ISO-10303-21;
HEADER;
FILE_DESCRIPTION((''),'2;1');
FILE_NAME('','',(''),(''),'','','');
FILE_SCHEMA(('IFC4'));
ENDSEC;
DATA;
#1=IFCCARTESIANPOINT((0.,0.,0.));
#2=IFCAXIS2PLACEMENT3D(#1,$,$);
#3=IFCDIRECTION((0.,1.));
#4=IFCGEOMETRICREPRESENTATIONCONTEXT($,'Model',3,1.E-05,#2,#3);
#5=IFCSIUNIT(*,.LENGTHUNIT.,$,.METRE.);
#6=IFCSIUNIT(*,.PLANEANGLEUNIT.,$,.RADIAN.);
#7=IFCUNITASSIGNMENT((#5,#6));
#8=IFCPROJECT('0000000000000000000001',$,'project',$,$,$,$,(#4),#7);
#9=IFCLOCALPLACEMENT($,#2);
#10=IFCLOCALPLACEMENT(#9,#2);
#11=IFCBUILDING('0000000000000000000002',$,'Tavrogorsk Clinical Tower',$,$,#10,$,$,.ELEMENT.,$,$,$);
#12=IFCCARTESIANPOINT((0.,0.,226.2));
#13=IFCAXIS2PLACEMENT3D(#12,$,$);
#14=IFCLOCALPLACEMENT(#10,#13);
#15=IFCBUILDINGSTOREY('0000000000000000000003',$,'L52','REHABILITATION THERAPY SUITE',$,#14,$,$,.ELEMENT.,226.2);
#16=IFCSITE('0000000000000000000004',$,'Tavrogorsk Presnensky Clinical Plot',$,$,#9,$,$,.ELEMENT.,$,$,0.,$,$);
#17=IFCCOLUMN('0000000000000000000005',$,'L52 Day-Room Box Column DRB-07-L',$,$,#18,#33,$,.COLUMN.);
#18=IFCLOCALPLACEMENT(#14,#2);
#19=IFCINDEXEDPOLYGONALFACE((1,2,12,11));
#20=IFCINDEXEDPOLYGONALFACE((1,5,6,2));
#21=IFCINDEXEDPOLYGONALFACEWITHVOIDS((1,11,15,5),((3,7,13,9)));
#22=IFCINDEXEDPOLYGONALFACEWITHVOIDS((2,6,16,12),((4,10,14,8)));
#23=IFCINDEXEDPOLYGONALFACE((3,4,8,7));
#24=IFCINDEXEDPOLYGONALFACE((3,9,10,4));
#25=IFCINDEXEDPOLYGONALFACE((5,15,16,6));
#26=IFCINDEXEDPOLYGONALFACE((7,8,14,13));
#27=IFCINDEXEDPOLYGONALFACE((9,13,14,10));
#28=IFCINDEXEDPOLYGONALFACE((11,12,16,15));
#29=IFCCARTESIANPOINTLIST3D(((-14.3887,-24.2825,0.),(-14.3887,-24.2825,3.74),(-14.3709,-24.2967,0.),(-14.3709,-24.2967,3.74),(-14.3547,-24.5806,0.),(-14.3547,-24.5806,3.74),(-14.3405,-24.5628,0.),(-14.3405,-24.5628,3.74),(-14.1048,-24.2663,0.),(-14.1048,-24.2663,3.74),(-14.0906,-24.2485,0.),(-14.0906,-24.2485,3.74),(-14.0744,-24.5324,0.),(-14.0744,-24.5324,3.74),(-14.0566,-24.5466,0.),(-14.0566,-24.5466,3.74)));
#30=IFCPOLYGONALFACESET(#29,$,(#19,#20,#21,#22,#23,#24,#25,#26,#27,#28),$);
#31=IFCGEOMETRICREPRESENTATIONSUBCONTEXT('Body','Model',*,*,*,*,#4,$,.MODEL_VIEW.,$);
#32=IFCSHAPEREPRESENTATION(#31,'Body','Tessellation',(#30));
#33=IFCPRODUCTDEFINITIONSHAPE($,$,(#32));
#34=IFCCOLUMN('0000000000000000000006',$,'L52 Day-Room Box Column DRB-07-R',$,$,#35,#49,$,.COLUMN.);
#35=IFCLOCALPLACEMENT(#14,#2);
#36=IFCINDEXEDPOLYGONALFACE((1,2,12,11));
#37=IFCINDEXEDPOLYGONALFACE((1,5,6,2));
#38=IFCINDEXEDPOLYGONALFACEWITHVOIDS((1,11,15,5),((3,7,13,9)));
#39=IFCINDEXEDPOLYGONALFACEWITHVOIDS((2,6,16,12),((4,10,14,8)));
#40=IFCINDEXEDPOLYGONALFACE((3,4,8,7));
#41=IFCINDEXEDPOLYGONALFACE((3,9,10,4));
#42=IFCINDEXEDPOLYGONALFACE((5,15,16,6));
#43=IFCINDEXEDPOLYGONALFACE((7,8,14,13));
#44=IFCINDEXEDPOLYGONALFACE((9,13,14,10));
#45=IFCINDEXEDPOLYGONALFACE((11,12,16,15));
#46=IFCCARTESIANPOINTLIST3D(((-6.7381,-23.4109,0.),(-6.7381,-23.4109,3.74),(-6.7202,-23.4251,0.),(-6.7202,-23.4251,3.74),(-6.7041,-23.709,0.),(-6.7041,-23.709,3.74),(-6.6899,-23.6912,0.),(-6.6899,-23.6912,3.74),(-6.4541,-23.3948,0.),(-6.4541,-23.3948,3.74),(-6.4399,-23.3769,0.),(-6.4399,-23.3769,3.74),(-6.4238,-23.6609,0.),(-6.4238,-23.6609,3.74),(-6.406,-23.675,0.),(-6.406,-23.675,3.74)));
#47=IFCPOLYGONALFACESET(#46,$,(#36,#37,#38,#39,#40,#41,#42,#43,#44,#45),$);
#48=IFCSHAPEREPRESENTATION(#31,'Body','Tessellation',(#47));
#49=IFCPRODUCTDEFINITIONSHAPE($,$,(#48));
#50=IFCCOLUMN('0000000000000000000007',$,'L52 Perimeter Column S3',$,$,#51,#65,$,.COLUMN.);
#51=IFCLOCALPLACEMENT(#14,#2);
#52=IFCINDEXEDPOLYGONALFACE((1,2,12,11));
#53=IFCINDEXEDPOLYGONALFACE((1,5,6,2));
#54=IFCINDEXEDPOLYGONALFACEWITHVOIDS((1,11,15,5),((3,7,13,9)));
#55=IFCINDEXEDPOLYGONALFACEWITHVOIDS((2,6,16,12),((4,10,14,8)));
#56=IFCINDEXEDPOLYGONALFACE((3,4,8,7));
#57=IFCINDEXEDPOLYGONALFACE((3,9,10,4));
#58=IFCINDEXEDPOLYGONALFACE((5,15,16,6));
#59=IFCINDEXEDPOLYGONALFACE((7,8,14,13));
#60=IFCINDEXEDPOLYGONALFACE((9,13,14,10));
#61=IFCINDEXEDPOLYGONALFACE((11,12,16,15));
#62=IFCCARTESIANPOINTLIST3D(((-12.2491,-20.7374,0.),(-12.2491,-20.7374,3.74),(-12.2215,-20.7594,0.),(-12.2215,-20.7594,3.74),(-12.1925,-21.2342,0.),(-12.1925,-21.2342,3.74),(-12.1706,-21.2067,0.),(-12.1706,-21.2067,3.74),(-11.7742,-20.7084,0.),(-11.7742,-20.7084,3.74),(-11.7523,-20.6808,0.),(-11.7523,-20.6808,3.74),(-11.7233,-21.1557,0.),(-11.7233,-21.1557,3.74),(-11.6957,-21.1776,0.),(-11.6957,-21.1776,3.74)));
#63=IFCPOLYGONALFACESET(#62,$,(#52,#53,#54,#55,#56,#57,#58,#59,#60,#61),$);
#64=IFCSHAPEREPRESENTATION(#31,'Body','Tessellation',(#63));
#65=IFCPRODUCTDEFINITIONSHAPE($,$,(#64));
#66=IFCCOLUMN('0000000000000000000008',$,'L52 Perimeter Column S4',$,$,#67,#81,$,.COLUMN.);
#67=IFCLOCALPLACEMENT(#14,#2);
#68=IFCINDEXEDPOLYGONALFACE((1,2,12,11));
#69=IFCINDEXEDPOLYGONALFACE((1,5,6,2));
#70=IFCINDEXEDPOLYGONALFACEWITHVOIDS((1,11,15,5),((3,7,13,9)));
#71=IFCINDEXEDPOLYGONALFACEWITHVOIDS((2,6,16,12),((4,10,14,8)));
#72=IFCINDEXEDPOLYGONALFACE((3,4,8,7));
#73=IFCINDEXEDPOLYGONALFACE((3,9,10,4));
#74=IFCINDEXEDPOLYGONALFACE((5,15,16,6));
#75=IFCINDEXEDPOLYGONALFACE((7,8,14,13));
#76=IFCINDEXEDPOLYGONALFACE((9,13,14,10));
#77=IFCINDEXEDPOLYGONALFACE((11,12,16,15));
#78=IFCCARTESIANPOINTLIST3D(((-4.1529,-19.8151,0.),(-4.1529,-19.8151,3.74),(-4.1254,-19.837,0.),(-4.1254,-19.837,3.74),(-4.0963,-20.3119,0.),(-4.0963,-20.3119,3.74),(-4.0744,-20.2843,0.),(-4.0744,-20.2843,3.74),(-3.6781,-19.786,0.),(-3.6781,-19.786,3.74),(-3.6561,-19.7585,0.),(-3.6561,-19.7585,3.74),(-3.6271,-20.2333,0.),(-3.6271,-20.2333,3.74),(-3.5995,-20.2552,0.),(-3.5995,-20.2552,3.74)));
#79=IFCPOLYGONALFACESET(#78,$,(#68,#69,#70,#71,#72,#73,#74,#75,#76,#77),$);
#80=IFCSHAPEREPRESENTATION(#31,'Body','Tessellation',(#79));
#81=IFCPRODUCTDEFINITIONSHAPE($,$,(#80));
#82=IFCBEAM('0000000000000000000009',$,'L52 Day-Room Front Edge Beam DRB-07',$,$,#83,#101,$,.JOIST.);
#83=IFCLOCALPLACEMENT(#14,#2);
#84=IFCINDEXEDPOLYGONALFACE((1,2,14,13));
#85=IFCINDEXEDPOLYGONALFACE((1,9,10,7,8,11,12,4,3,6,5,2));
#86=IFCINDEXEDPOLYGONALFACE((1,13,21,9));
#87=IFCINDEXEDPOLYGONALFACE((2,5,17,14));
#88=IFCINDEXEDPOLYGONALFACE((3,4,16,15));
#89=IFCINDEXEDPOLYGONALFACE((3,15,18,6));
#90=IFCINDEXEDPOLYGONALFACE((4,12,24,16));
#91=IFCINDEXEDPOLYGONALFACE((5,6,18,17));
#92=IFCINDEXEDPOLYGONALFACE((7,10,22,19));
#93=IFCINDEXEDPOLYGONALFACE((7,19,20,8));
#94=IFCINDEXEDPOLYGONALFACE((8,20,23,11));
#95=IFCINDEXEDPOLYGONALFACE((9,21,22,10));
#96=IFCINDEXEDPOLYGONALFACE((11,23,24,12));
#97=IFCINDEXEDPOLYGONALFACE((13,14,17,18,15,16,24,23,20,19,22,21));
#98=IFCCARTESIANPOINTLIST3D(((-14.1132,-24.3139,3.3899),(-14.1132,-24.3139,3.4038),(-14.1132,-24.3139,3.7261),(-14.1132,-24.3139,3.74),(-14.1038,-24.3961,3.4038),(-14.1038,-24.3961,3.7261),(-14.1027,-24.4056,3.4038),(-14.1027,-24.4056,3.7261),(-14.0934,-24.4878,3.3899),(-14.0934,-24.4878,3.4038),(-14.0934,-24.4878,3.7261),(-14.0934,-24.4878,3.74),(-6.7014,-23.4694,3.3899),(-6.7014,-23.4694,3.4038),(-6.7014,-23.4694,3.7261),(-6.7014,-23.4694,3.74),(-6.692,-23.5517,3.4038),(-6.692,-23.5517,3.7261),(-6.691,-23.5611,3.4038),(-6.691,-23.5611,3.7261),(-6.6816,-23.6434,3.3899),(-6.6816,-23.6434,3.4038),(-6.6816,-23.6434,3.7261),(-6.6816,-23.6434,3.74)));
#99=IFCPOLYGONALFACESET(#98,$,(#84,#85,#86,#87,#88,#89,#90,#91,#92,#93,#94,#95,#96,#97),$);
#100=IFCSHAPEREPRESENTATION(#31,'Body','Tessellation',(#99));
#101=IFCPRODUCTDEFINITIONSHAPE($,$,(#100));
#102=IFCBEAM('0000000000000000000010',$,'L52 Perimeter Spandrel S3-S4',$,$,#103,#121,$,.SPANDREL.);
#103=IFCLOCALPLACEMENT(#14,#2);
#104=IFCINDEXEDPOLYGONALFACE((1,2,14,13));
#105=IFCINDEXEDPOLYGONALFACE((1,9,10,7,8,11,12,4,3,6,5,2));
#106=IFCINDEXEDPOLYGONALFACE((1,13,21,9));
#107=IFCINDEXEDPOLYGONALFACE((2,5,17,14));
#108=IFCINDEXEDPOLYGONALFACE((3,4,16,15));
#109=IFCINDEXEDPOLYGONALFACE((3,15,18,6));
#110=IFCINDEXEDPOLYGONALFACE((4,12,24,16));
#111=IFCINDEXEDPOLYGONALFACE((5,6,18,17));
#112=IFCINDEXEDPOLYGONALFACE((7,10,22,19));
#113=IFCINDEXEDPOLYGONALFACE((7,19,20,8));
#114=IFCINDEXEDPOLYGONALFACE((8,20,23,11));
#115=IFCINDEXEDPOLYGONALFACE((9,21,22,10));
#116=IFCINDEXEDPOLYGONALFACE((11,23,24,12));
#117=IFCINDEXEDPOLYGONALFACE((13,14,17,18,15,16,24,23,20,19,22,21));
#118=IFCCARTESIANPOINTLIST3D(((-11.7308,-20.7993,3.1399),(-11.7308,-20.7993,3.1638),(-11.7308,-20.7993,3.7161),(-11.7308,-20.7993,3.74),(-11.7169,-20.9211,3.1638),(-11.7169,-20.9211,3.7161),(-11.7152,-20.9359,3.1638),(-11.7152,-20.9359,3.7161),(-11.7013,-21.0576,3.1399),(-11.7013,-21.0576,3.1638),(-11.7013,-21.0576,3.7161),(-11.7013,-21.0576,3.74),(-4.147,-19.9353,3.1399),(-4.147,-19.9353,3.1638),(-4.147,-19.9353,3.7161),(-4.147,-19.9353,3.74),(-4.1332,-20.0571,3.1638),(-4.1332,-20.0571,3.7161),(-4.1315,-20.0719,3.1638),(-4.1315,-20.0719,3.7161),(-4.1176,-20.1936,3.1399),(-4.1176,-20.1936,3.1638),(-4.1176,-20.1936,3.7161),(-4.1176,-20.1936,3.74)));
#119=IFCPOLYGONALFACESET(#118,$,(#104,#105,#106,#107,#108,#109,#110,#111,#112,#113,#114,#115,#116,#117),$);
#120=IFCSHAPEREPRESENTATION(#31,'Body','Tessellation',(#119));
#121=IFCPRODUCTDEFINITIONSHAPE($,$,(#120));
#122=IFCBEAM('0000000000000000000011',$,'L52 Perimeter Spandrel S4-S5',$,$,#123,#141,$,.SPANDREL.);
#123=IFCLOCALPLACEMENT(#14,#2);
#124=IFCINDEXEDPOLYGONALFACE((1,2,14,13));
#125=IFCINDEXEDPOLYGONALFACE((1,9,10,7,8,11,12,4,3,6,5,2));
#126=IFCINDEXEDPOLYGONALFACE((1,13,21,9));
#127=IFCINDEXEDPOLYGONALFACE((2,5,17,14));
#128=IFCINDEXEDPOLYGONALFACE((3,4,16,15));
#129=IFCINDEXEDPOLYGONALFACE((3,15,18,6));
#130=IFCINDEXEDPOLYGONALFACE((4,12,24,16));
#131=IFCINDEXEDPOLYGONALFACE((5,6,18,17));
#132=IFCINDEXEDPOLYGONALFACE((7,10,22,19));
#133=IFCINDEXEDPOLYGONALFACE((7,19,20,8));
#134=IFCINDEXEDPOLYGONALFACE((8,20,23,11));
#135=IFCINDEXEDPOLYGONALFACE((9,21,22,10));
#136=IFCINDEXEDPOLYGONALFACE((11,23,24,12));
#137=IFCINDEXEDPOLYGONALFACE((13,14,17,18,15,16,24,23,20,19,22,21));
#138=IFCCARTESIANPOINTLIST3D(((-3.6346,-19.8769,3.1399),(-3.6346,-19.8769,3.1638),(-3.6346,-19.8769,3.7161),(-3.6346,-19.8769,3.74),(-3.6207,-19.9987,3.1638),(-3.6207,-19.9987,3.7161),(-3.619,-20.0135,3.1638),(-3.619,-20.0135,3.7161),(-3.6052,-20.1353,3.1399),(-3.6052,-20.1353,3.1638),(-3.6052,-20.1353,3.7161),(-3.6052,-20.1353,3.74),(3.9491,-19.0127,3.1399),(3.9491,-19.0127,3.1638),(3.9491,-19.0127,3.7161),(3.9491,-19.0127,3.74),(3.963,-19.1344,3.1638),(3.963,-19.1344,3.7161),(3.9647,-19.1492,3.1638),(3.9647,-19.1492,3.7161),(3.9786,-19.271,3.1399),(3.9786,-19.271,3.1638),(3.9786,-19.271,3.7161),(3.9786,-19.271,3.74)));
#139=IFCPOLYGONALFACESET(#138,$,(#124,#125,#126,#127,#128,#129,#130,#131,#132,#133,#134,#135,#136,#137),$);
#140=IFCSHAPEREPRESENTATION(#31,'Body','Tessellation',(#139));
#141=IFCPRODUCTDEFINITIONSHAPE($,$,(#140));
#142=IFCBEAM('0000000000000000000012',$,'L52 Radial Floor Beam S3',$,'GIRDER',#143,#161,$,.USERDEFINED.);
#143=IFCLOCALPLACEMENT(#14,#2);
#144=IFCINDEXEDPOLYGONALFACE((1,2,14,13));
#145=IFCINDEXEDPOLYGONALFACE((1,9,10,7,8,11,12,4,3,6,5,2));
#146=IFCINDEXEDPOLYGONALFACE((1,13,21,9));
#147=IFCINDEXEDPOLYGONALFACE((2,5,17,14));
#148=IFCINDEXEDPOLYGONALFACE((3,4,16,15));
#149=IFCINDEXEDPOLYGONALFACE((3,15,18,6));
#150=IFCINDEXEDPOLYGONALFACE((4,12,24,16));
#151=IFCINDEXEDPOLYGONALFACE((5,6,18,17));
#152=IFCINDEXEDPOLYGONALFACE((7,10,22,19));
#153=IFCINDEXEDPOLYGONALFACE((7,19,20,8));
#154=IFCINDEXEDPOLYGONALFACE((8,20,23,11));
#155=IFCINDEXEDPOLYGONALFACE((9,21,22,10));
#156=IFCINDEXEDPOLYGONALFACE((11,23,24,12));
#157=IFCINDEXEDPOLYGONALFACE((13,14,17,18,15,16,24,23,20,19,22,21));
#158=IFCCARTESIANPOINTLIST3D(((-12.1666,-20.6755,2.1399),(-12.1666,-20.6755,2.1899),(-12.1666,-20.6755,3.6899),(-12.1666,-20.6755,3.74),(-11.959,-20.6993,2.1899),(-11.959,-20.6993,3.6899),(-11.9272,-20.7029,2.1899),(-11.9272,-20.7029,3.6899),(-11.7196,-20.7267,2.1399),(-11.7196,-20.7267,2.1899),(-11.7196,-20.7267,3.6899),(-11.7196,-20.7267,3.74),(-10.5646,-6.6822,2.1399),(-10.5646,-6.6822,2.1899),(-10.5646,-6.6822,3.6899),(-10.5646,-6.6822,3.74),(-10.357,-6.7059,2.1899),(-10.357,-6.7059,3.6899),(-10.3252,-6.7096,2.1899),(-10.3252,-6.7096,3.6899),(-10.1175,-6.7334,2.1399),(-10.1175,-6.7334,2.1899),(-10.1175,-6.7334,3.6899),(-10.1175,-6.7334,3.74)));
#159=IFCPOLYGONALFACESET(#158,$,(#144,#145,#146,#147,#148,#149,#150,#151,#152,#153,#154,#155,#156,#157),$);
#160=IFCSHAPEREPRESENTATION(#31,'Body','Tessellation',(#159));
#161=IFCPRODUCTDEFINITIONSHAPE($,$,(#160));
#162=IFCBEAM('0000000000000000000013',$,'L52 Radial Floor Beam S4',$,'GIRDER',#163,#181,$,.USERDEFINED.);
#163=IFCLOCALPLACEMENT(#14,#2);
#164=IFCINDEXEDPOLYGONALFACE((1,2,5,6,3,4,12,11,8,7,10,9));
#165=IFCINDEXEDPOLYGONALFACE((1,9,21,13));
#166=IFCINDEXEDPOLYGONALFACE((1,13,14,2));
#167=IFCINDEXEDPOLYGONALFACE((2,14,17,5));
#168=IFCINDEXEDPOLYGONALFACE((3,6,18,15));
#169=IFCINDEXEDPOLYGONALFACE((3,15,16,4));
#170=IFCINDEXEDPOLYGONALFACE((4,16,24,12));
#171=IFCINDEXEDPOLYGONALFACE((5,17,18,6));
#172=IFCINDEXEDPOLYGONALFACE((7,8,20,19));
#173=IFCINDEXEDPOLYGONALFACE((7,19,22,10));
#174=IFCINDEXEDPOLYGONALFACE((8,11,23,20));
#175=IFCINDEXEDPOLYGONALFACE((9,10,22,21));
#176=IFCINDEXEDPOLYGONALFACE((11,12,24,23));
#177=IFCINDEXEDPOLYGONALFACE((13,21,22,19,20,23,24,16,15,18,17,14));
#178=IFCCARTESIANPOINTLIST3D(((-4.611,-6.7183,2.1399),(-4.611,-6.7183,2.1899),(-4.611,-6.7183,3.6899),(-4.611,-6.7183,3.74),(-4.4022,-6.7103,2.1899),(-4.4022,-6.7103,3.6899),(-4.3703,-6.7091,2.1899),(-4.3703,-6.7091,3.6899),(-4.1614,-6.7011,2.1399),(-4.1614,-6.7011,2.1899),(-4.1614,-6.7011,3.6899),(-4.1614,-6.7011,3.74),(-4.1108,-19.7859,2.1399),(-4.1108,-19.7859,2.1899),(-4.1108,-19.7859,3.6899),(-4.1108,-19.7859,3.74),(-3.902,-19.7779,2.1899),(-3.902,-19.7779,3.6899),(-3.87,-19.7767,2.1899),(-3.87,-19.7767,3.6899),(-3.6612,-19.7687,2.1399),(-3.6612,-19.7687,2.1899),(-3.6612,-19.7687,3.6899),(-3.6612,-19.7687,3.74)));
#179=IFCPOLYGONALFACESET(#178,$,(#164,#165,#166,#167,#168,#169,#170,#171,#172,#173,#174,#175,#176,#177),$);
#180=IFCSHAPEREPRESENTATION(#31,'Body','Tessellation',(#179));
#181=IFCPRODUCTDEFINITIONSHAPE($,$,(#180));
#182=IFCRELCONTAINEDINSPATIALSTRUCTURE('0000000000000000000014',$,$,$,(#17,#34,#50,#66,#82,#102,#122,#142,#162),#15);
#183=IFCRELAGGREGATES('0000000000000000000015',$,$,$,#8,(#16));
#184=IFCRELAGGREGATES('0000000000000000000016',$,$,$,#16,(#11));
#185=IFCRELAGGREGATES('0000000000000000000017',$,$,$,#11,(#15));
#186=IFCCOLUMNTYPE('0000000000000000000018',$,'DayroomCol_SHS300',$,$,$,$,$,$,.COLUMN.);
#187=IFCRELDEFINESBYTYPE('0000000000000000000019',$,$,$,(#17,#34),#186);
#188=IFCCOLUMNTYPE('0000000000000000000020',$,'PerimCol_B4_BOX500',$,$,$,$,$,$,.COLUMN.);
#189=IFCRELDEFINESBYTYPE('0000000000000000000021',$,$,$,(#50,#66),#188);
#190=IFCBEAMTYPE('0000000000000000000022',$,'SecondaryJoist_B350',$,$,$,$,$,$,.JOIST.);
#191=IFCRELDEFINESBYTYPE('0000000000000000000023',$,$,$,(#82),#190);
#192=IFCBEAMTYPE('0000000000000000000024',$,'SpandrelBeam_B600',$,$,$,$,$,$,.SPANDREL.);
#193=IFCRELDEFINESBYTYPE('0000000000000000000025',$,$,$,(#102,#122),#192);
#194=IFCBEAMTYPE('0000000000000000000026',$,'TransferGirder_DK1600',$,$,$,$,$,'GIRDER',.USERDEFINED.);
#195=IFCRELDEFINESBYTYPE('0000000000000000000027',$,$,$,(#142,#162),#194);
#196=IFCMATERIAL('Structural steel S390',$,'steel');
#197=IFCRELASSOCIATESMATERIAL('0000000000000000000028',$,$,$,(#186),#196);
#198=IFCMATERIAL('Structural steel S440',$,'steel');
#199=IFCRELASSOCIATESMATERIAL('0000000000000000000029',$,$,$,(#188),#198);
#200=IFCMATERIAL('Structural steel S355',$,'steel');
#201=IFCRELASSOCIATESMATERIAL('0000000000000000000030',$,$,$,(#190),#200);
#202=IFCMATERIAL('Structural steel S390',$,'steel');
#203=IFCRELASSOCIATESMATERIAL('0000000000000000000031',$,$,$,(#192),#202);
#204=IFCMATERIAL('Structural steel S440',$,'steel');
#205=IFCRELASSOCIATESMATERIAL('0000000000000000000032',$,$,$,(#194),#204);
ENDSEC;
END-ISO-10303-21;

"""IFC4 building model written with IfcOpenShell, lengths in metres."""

from ifc_helpers import new_model, si_unit, direction, frame, origin, origin_2d, place, context, subcontext, project, spatial, hollow_rectangle, i_section, extrude, material, material_profile, profile_set, type_object, element, save


model = new_model("IFC4")

# Units and contexts
model_context = context("Model", 3, precision=1e-05, world=origin(), true_north=direction((0.0, 1.0)))
body_context = subcontext(model_context, "Body", "Model", "MODEL_VIEW")
ifc_project = project(units=[si_unit("LENGTHUNIT", "METRE"), si_unit("PLANEANGLEUNIT", "RADIAN")], contexts=[model_context])

# Site, building, storey
site_placement = place(None, origin())
site = spatial("IfcSite", under=ifc_project, at=site_placement, Name="Tavrogorsk Presnensky Clinical Plot", CompositionType="ELEMENT", RefElevation=0.0)
building_placement = place(site_placement, origin())
building = spatial("IfcBuilding", under=site, at=building_placement, Name="Tavrogorsk Clinical Tower", CompositionType="ELEMENT")
storey_placement = place(building_placement, frame((0.0, 0.0, 226.2)))
storey = spatial("IfcBuildingStorey", under=building, at=storey_placement, Name="L52", Description="REHABILITATION THERAPY SUITE", CompositionType="ELEMENT", Elevation=226.2)

# Columns
ifc_material_1 = material(Name="Structural steel S390", Category="steel")
ifc_material_profile_1 = material_profile(ifc_material_1, hollow_rectangle(XDim=0.3, YDim=0.3, WallThickness=0.0161, at=origin_2d()), Name="SHS-300x300x16")
ifc_profile_set_1 = profile_set([ifc_material_profile_1], Name="Structural steel S390")
column_type_1 = type_object("IfcColumnType", Name="DayroomCol_SHS300", PredefinedType="COLUMN", material=ifc_profile_set_1)
for number, where, z_axis, x_axis, name in (
    (1, (-14.2227, -24.4146, 0.0), (0.0, 0.0, 1.0), (0.993572, 0.113203, 0.0), "L52 Day-Room Box Column DRB-07-L"),
    (2, (-6.572, -23.543, 0.0), (0.0, 0.0, 1.0), (0.993572, 0.113203, 0.0), "L52 Day-Room Box Column DRB-07-R"),
):
    element("IfcColumn", number, at=place(storey_placement, frame(where, z_axis=z_axis, x_axis=x_axis)), inside=storey, type_object=column_type_1, Name=name, PredefinedType="COLUMN", context=body_context, shape_type="SweptSolid", body=[
        extrude(hollow_rectangle(XDim=0.3, YDim=0.3, WallThickness=0.0161, at=origin_2d()), origin(), (0.0, 0.0, 1.0), 3.74),
    ])
ifc_material_2 = material(Name="Structural steel S440", Category="steel")
ifc_material_profile_2 = material_profile(ifc_material_2, hollow_rectangle(XDim=0.5, YDim=0.5, WallThickness=0.0249, at=origin_2d()), Name="BOX-500x500x25")
ifc_profile_set_2 = profile_set([ifc_material_profile_2], Name="Structural steel S440")
column_type_2 = type_object("IfcColumnType", Name="PerimCol_B4_BOX500", PredefinedType="COLUMN", material=ifc_profile_set_2)
for number, where, z_axis, x_axis, name in (
    (3, (-11.9724, -20.9575, 0.0), (0.0, 0.0, 1.0), (0.993572, 0.113203, 0.0), "L52 Perimeter Column S3"),
    (4, (-3.8762, -20.0352, 0.0), (0.0, 0.0, 1.0), (0.993572, 0.113203, 0.0), "L52 Perimeter Column S4"),
):
    element("IfcColumn", number, at=place(storey_placement, frame(where, z_axis=z_axis, x_axis=x_axis)), inside=storey, type_object=column_type_2, Name=name, PredefinedType="COLUMN", context=body_context, shape_type="SweptSolid", body=[
        extrude(hollow_rectangle(XDim=0.5, YDim=0.5, WallThickness=0.0249, at=origin_2d()), origin(), (0.0, 0.0, 1.0), 3.74),
    ])

# Beams
ifc_material_3 = material(Name="Structural steel S355", Category="steel")
ifc_material_profile_3 = material_profile(ifc_material_3, i_section(OverallWidth=0.175, OverallDepth=0.3501, WebThickness=0.0095, FlangeThickness=0.0139, at=origin_2d()), Name="B-350x175x9.5x14")
ifc_profile_set_3 = profile_set([ifc_material_profile_3], Name="Structural steel S355")
beam_type_1 = type_object("IfcBeamType", Name="SecondaryJoist_B350", PredefinedType="JOIST", material=ifc_profile_set_3)
beam_1_placement = place(storey_placement, frame((-14.1033, -24.4009, 3.5649), z_axis=(0.993572, 0.113204, 0.0), x_axis=(-0.113204, 0.993572, 0.0)))
element("IfcBeam", 5, at=beam_1_placement, inside=storey, type_object=beam_type_1, Name="L52 Day-Room Front Edge Beam DRB-07", PredefinedType="JOIST", context=body_context, shape_type="SweptSolid", body=[
    extrude(i_section(OverallWidth=0.175, OverallDepth=0.3501, WebThickness=0.0095, FlangeThickness=0.0139, at=origin_2d()), origin(), (0.0, 0.0, 1.0), 7.4597),
])
ifc_material_4 = material(Name="Structural steel S390", Category="steel")
ifc_material_profile_4 = material_profile(ifc_material_4, i_section(OverallWidth=0.26, OverallDepth=0.6001, WebThickness=0.0149, FlangeThickness=0.0239, at=origin_2d()), Name="B-600x260x15x24")
ifc_profile_set_4 = profile_set([ifc_material_profile_4], Name="Structural steel S390")
beam_type_2 = type_object("IfcBeamType", Name="SpandrelBeam_B600", PredefinedType="SPANDREL", material=ifc_profile_set_4)
for number, where, z_axis, x_axis, name in (
    (6, (-11.7161, -20.9285, 3.4399), (0.993573, 0.113197, 0.0), (-0.113197, 0.993573, 0.0), "L52 Perimeter Spandrel S3-S4"),
    (7, (-3.6199, -20.0061, 3.4399), (0.993569, 0.113229, 0.0), (-0.113229, 0.993569, 0.0), "L52 Perimeter Spandrel S4-S5"),
):
    element("IfcBeam", number, at=place(storey_placement, frame(where, z_axis=z_axis, x_axis=x_axis)), inside=storey, type_object=beam_type_2, Name=name, PredefinedType="SPANDREL", context=body_context, shape_type="SweptSolid", body=[
        extrude(i_section(OverallWidth=0.26, OverallDepth=0.6001, WebThickness=0.0149, FlangeThickness=0.0239, at=origin_2d()), origin(), (0.0, 0.0, 1.0), 7.6328),
    ])
ifc_material_5 = material(Name="Structural steel S440", Category="steel")
ifc_material_profile_5 = material_profile(ifc_material_5, i_section(OverallWidth=0.45, OverallDepth=1.6001, WebThickness=0.032, FlangeThickness=0.05, at=origin_2d()), Name="DK-1600x450x32x50")
ifc_profile_set_5 = profile_set([ifc_material_profile_5], Name="Structural steel S440")
beam_type_3 = type_object("IfcBeamType", Name="TransferGirder_DK1600", ElementType="GIRDER", PredefinedType="USERDEFINED", material=ifc_profile_set_5)
beam_2_placement = place(storey_placement, frame((-10.3411, -6.7078, 2.9399), z_axis=(-0.113743, -0.99351, 0.0), x_axis=(0.99351, -0.113743, 0.0)))
element("IfcBeam", 8, at=beam_2_placement, inside=storey, type_object=beam_type_3, Name="L52 Radial Floor Beam S3", ObjectType="GIRDER", PredefinedType="USERDEFINED", context=body_context, shape_type="SweptSolid", body=[
    extrude(i_section(OverallWidth=0.45, OverallDepth=1.6001, WebThickness=0.032, FlangeThickness=0.05, at=origin_2d()), origin(), (0.0, 0.0, 1.0), 14.0847),
])
beam_3_placement = place(storey_placement, frame((-4.3862, -6.7097, 2.9399), z_axis=(0.038253, -0.999268, 0.0), x_axis=(0.999268, 0.038253, 0.0)))
element("IfcBeam", 9, at=beam_3_placement, inside=storey, type_object=beam_type_3, Name="L52 Radial Floor Beam S4", ObjectType="GIRDER", PredefinedType="USERDEFINED", context=body_context, shape_type="SweptSolid", body=[
    extrude(i_section(OverallWidth=0.45, OverallDepth=1.6001, WebThickness=0.032, FlangeThickness=0.05, at=origin_2d()), origin(), (0.0, 0.0, 1.0), 13.0771),
])

save(model, "model.ifc")
